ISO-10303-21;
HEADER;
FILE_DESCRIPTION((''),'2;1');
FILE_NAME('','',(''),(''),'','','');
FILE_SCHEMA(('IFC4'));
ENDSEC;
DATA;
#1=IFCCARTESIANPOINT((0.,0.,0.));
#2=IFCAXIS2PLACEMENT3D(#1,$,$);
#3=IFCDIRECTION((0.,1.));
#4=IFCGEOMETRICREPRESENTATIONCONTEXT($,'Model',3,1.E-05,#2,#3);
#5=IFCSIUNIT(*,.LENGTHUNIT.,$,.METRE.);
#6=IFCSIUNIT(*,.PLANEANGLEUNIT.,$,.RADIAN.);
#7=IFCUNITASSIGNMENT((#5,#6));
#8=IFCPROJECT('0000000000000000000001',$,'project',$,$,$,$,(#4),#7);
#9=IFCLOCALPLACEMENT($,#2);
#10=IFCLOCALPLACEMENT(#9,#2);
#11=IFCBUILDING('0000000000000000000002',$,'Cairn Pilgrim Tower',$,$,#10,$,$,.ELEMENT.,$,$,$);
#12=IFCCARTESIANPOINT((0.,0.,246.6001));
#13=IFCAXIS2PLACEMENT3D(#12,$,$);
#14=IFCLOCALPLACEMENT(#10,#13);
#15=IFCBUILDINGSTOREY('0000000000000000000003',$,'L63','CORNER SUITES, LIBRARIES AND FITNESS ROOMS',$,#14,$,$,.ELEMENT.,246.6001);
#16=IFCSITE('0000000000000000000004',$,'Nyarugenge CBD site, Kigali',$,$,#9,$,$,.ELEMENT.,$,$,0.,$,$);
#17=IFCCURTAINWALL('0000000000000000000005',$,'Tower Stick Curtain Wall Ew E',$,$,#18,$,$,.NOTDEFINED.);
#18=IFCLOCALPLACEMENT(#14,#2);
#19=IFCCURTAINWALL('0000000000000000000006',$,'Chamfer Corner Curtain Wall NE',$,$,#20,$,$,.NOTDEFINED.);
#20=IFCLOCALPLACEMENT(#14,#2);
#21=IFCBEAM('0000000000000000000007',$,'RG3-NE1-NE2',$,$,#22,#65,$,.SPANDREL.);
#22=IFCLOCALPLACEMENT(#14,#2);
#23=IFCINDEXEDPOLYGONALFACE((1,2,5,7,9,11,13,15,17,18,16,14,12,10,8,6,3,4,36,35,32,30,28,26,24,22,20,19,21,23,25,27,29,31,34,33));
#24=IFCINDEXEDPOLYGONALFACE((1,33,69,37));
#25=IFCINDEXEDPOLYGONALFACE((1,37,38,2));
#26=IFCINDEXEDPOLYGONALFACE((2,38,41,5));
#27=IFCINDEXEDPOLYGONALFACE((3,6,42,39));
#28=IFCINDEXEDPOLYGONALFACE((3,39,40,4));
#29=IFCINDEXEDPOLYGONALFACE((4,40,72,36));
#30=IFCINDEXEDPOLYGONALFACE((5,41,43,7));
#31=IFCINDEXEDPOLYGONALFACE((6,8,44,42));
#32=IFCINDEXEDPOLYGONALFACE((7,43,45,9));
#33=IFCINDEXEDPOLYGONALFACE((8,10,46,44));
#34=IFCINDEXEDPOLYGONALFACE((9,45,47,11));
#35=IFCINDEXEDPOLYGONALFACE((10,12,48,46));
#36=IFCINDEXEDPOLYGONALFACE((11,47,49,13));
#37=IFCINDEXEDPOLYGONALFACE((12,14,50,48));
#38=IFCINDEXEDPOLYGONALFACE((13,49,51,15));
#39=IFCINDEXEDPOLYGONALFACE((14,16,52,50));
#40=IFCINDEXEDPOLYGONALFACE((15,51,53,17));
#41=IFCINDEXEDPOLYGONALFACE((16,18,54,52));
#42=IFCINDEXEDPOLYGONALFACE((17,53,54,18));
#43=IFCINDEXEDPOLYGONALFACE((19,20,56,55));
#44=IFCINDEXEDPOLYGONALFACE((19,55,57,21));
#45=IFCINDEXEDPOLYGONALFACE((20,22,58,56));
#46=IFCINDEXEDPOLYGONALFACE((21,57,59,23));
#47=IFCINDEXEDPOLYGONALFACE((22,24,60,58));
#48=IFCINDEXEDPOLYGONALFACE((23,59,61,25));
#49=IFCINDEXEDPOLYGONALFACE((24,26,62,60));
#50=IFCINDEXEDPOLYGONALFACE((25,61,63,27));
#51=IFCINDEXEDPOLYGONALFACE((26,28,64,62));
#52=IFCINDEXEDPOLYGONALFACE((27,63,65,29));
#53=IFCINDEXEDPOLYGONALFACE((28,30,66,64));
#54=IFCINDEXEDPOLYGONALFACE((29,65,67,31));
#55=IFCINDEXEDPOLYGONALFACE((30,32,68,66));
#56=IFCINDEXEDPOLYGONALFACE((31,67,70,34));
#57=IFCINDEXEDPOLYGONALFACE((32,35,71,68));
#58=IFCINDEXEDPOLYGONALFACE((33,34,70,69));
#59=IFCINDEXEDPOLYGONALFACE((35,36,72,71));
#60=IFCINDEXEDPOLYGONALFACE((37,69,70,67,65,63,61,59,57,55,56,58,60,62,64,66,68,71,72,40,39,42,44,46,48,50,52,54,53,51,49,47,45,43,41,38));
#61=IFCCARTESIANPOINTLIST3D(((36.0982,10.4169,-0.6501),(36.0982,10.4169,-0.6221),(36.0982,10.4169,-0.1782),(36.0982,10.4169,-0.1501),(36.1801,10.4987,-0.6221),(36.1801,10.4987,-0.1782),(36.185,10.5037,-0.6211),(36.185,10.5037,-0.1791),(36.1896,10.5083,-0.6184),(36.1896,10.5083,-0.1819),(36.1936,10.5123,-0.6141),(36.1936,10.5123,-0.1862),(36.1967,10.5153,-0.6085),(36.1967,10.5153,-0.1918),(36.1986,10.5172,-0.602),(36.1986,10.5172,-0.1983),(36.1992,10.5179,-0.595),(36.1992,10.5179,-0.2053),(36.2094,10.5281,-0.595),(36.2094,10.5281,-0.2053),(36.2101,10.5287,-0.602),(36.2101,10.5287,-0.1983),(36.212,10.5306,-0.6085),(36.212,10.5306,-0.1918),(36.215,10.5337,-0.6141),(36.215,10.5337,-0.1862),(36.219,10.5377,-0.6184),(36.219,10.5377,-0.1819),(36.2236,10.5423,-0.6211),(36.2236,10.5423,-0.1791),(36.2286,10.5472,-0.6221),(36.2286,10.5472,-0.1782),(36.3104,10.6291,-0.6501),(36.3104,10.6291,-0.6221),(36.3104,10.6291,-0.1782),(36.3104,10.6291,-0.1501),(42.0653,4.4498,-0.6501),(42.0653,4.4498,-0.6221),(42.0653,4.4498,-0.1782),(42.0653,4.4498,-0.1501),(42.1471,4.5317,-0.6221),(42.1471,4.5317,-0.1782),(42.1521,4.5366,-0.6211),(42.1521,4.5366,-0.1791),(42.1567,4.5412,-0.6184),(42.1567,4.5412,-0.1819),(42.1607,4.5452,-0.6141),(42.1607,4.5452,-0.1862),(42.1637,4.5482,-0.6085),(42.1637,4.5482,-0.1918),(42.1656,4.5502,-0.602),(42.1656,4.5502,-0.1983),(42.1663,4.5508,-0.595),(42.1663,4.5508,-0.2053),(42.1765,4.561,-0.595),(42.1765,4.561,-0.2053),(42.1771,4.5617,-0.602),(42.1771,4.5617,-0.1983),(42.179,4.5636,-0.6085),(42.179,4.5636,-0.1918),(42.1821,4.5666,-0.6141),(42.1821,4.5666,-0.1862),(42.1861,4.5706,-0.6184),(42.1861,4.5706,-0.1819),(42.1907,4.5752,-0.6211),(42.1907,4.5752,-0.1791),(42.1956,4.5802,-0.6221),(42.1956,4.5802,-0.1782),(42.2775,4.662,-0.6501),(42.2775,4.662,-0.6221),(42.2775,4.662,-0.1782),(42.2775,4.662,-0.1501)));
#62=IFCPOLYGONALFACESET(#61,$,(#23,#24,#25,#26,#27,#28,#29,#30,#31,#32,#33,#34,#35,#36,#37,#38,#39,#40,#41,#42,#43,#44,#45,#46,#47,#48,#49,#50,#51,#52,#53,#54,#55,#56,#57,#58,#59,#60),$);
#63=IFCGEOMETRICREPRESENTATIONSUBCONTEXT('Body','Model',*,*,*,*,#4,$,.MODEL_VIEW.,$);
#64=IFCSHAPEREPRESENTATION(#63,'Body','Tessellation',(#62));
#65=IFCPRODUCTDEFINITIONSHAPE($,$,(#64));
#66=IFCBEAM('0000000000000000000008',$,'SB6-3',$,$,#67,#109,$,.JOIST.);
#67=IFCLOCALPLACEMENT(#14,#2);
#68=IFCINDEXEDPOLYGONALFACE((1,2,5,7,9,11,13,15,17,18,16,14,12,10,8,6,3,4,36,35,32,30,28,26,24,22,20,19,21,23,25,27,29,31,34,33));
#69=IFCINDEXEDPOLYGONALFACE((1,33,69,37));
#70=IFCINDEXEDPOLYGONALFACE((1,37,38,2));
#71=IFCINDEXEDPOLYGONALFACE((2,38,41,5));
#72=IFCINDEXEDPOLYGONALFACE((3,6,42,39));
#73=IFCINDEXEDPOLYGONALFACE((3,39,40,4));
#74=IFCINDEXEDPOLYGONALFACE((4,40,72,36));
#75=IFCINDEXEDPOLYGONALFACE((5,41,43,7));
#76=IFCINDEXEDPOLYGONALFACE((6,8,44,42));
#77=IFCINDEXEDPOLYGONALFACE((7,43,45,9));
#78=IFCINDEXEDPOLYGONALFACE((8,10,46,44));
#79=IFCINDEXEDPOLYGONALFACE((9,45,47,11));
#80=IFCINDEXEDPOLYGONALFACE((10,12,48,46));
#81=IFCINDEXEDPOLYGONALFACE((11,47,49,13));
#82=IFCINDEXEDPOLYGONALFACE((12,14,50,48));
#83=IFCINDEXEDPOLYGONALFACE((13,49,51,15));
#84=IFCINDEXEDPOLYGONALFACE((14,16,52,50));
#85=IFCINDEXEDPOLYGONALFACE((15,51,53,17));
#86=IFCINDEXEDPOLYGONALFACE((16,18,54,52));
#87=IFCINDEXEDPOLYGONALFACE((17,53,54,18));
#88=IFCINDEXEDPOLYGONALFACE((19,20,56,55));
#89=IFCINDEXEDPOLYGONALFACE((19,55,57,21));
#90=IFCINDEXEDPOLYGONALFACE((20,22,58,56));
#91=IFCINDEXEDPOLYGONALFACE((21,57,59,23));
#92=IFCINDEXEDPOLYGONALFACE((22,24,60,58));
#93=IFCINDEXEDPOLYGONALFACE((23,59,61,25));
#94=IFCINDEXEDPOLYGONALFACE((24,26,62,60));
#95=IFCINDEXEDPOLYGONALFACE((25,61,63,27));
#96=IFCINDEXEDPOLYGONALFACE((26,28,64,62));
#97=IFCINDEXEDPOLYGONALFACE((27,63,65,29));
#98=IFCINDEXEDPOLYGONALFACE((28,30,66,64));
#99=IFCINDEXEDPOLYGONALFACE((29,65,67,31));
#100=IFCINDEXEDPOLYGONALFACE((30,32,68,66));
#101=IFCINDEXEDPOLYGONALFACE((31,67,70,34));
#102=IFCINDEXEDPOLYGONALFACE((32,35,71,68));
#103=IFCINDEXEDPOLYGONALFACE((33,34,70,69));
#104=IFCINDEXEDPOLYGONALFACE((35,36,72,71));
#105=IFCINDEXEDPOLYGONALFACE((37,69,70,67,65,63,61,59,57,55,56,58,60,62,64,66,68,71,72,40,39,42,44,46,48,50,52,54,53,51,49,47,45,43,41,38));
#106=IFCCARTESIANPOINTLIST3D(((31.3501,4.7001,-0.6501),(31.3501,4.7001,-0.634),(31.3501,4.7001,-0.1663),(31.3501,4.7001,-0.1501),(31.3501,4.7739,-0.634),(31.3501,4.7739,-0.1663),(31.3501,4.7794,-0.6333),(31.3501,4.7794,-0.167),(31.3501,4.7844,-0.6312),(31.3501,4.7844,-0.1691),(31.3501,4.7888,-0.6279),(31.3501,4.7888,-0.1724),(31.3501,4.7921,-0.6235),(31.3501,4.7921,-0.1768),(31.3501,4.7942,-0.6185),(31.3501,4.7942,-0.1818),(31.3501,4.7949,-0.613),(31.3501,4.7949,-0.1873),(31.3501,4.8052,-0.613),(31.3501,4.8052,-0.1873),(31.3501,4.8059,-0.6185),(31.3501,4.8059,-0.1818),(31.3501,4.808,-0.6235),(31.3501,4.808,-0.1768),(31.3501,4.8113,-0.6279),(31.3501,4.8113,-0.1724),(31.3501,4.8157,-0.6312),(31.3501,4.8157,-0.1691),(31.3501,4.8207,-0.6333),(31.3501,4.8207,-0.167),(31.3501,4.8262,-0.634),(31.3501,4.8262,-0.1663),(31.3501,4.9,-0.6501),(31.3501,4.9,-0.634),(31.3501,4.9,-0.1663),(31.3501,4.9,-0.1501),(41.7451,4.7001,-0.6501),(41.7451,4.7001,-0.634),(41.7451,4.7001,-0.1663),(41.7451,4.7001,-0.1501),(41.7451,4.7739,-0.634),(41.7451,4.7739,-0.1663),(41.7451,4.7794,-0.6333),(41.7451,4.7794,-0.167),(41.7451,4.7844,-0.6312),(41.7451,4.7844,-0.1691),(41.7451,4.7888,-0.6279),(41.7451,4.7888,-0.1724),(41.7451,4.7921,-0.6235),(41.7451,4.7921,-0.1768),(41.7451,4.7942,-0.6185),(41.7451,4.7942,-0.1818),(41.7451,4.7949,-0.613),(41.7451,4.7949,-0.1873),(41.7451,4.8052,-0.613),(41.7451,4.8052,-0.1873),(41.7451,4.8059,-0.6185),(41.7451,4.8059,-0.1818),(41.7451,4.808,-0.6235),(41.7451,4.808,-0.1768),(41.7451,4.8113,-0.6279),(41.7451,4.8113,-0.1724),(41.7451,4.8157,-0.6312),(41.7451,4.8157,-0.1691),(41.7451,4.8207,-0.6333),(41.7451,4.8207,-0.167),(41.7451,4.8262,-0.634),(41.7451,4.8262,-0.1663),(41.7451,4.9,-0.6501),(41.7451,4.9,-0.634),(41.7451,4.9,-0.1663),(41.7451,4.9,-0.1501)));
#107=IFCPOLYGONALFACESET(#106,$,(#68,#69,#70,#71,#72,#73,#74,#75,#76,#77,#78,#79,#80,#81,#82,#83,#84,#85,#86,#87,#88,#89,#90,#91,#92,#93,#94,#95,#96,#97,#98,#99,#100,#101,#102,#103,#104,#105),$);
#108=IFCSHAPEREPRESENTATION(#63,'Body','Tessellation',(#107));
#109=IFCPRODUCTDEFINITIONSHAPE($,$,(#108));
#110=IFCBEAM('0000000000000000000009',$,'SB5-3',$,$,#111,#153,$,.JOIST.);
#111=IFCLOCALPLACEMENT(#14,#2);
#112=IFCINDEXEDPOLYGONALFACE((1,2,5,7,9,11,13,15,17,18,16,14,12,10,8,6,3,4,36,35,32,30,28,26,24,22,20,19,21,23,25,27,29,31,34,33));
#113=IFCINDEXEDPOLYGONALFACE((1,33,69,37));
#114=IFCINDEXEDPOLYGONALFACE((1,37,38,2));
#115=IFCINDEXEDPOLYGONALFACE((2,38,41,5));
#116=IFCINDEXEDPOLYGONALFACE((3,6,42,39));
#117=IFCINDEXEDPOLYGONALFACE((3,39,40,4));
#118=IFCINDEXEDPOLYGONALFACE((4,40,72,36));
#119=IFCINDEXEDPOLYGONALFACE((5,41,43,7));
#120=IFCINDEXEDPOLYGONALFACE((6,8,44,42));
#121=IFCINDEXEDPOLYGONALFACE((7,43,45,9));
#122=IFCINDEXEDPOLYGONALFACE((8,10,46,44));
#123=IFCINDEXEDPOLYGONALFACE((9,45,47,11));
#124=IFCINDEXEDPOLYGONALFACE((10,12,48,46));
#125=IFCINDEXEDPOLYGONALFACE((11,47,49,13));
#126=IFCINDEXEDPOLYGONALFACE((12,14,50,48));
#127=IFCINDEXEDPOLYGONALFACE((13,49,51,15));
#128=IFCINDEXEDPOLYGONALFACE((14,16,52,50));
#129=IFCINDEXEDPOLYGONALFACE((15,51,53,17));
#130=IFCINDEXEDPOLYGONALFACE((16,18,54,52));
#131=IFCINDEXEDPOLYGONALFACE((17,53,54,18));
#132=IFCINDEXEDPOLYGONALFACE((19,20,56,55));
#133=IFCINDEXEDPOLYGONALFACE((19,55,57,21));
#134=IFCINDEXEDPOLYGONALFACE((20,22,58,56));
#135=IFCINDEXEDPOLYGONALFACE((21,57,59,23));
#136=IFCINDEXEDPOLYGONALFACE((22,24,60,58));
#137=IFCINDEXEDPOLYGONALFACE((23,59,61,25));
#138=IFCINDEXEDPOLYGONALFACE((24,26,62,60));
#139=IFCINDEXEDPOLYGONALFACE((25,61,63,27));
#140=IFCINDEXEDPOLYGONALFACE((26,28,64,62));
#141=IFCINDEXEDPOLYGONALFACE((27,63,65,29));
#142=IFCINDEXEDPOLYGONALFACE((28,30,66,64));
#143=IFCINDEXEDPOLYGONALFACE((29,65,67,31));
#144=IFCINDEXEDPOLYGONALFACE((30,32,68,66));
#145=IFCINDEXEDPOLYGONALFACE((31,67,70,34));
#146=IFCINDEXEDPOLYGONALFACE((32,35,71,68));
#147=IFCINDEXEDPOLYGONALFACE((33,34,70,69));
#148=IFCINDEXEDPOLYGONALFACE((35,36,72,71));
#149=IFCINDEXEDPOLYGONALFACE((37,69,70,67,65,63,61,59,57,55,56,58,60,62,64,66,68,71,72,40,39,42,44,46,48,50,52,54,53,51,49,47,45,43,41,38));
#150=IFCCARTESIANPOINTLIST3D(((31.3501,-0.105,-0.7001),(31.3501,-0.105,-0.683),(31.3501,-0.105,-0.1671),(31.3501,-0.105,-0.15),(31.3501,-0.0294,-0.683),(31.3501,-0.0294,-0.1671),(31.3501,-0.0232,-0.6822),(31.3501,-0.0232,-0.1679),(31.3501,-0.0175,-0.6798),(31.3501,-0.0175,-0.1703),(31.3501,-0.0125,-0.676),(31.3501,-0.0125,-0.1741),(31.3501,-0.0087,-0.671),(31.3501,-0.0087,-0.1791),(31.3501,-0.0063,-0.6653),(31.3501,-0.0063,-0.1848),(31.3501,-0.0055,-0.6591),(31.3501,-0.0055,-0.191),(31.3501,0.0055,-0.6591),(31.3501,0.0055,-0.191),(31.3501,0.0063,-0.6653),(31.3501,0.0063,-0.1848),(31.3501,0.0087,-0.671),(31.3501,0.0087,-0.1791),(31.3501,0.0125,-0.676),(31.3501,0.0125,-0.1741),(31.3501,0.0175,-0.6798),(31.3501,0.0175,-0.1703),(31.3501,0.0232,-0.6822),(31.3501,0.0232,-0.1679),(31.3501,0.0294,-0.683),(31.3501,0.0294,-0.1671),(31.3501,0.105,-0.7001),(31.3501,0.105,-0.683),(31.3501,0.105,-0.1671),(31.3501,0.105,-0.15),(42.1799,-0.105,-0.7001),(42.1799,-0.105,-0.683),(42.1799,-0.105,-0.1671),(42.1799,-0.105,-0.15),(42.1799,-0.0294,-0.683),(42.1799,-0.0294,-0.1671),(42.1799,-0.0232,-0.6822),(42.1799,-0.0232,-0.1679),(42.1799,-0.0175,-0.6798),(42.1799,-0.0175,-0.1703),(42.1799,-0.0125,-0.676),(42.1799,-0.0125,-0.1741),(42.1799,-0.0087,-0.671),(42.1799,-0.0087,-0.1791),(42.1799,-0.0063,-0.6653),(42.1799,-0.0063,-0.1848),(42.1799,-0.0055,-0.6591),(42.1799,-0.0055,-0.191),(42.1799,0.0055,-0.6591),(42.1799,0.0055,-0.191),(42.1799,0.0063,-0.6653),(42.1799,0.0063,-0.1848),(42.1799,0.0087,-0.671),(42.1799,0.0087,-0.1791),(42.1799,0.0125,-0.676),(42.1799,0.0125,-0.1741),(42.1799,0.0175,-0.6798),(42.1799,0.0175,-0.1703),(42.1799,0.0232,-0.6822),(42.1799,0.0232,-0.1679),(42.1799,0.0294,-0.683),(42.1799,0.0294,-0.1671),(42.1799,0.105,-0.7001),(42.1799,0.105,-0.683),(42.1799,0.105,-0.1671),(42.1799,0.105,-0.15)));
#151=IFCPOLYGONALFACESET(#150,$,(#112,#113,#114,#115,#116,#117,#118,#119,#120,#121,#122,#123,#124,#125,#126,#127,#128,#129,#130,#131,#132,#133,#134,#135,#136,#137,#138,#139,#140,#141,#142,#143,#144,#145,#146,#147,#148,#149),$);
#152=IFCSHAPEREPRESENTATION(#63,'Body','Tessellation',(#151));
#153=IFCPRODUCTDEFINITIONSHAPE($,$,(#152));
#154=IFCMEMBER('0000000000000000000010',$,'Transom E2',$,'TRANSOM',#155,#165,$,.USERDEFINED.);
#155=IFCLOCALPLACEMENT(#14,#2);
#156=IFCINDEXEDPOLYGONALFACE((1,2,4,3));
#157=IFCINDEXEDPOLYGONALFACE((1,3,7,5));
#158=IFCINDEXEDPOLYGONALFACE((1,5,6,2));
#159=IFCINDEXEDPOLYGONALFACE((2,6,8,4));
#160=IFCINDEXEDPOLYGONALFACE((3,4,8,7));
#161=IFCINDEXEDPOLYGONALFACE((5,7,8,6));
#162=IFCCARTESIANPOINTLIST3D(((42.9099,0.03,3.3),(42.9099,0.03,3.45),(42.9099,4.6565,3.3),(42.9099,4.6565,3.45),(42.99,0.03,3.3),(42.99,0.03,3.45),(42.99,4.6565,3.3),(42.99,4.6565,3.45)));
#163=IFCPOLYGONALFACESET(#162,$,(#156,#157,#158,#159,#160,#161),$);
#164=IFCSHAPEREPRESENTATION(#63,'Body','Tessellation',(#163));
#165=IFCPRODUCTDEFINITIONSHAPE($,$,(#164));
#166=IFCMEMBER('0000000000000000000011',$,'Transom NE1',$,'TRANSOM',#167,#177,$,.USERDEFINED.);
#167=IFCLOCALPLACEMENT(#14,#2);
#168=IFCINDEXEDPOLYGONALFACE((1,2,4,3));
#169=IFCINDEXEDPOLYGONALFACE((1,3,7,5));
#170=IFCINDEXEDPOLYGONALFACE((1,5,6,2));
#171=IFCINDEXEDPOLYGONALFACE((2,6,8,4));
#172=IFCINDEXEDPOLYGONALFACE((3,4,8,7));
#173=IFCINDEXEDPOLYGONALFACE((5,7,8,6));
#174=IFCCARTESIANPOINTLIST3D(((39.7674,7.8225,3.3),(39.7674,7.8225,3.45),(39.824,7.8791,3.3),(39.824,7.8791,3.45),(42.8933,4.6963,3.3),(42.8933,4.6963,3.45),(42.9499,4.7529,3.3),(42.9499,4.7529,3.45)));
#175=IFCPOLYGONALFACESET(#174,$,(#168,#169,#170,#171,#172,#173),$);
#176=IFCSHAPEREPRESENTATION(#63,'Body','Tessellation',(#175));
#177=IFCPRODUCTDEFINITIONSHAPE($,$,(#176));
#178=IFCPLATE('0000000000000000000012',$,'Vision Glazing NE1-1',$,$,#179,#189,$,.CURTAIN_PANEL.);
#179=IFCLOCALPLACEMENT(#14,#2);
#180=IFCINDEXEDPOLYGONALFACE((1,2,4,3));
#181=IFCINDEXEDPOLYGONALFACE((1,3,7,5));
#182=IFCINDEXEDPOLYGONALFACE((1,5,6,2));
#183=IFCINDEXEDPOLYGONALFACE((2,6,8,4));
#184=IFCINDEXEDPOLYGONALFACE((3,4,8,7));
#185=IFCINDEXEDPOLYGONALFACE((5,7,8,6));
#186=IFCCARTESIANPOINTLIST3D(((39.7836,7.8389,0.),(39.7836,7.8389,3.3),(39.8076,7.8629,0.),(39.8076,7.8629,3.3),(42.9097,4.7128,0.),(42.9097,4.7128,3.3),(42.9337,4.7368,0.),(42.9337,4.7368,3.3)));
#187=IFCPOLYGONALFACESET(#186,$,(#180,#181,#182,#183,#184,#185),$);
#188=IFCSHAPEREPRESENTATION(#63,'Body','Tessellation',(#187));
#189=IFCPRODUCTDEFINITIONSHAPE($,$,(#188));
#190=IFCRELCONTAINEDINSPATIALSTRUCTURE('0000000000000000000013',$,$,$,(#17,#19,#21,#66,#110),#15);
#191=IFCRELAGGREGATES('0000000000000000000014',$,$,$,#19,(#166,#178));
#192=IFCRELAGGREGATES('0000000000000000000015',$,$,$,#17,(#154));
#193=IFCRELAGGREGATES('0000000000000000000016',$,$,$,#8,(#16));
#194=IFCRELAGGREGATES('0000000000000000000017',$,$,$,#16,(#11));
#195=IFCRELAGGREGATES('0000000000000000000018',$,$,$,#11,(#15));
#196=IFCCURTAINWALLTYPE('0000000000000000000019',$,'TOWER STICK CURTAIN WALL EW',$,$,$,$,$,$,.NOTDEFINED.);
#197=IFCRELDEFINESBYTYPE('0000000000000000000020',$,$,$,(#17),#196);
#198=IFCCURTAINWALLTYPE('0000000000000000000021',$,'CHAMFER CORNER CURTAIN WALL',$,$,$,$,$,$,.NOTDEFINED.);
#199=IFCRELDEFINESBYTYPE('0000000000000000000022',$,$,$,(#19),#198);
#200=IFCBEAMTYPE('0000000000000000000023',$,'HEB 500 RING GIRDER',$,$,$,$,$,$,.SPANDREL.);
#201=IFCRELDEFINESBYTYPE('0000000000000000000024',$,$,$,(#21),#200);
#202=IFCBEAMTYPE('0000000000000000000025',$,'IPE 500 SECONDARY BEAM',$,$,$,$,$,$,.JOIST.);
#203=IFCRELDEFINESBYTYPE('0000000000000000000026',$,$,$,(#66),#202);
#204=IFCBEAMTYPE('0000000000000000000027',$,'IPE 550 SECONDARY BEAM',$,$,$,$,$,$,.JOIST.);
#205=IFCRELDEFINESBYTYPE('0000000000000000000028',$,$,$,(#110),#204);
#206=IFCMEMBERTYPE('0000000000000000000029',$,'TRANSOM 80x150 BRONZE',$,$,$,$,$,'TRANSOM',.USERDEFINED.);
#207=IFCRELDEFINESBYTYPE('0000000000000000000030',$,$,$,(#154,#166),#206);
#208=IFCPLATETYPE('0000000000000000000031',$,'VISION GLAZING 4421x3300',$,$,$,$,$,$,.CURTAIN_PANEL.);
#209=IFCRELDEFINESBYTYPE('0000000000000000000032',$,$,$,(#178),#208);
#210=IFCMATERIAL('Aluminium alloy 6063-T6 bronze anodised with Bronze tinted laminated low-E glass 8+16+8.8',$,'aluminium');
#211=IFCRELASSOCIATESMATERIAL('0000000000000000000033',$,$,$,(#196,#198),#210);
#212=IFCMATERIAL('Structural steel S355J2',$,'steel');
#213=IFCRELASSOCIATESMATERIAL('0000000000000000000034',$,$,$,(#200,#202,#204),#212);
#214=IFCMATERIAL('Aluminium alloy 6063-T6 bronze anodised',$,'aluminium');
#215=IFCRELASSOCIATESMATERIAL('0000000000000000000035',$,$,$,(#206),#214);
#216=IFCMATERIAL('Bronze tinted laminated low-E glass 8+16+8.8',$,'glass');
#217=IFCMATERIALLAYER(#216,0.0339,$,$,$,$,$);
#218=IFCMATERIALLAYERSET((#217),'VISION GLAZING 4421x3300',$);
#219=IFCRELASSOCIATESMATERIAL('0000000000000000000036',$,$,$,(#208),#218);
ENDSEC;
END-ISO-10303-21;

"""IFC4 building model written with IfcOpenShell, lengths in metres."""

from ifc_helpers import new_model, si_unit, direction, frame, origin, origin_2d, place, context, subcontext, project, spatial, rectangle, i_section, extrude, material, layer, layer_set, material_profile, profile_set, type_object, element, aggregate, save


model = new_model("IFC4")

# Units and contexts
model_context = context("Model", 3, precision=1e-05, world=origin(), true_north=direction((0.0, 1.0)))
body_context = subcontext(model_context, "Body", "Model", "MODEL_VIEW")
ifc_project = project(units=[si_unit("LENGTHUNIT", "METRE"), si_unit("PLANEANGLEUNIT", "RADIAN")], contexts=[model_context])

# Site, building, storey
site_placement = place(None, origin())
site = spatial("IfcSite", under=ifc_project, at=site_placement, Name="Nyarugenge CBD site, Kigali", CompositionType="ELEMENT", RefElevation=0.0)
building_placement = place(site_placement, origin())
building = spatial("IfcBuilding", under=site, at=building_placement, Name="Cairn Pilgrim Tower", CompositionType="ELEMENT")
storey_placement = place(building_placement, frame((0.0, 0.0, 246.6001)))
storey = spatial("IfcBuildingStorey", under=building, at=storey_placement, Name="L63", Description="CORNER SUITES, LIBRARIES AND FITNESS ROOMS", CompositionType="ELEMENT", Elevation=246.6001)

# Shared definitions
ifc_material_1 = material(Name="Structural steel S355J2", Category="steel")

# Curtain wall
ifc_material_2 = material(Name="Aluminium alloy 6063-T6 bronze anodised with Bronze tinted laminated low-E glass 8+16+8.8", Category="aluminium")
curtain_wall_type_1 = type_object("IfcCurtainWallType", Name="TOWER STICK CURTAIN WALL EW", PredefinedType="NOTDEFINED", material=ifc_material_2)
curtain_wall_1_placement = place(storey_placement, origin())
curtain_wall_1 = element("IfcCurtainWall", 1, at=curtain_wall_1_placement, inside=storey, type_object=curtain_wall_type_1, Name="Tower Stick Curtain Wall Ew E", PredefinedType="NOTDEFINED")
ifc_material_3 = material(Name="Aluminium alloy 6063-T6 bronze anodised", Category="aluminium")

# Curtain wall
curtain_wall_type_2 = type_object("IfcCurtainWallType", Name="CHAMFER CORNER CURTAIN WALL", PredefinedType="NOTDEFINED", material=ifc_material_2)
curtain_wall_2_placement = place(storey_placement, origin())
curtain_wall_2 = element("IfcCurtainWall", 2, at=curtain_wall_2_placement, inside=storey, type_object=curtain_wall_type_2, Name="Chamfer Corner Curtain Wall NE", PredefinedType="NOTDEFINED")

# Beams
ifc_material_profile_1 = material_profile(ifc_material_1, i_section(OverallWidth=0.3, OverallDepth=0.5, WebThickness=0.0144, FlangeThickness=0.0281, FilletRadius=0.0271, at=origin_2d()), Name="HEB 500")
ifc_profile_set_1 = profile_set([ifc_material_profile_1], Name="Structural steel S355J2")
beam_type_1 = type_object("IfcBeamType", Name="HEB 500 RING GIRDER", PredefinedType="SPANDREL", material=ifc_profile_set_1)
beam_1_placement = place(storey_placement, frame((42.1714, 4.5559, -0.4001), z_axis=(-0.707107, 0.707107, 0.0), x_axis=(-0.707107, -0.707107, 0.0)))
element("IfcBeam", 3, at=beam_1_placement, inside=storey, type_object=beam_type_1, Name="RG3-NE1-NE2", PredefinedType="SPANDREL", context=body_context, shape_type="SweptSolid", body=[
    extrude(i_section(OverallWidth=0.3, OverallDepth=0.5, WebThickness=0.0144, FlangeThickness=0.0281, FilletRadius=0.0271, at=origin_2d()), origin(), (0.0, 0.0, 1.0), 8.4387),
])
ifc_material_profile_2 = material_profile(ifc_material_1, i_section(OverallWidth=0.2, OverallDepth=0.5, WebThickness=0.0103, FlangeThickness=0.0161, FilletRadius=0.021, at=origin_2d()), Name="IPE 500")
ifc_profile_set_2 = profile_set([ifc_material_profile_2], Name="Structural steel S355J2")
beam_type_2 = type_object("IfcBeamType", Name="IPE 500 SECONDARY BEAM", PredefinedType="JOIST", material=ifc_profile_set_2)
beam_2_placement = place(storey_placement, frame((31.3501, 4.8, -0.4001), z_axis=(1.0, 0.0, 0.0), x_axis=(0.0, 1.0, 0.0)))
element("IfcBeam", 4, at=beam_2_placement, inside=storey, type_object=beam_type_2, Name="SB6-3", PredefinedType="JOIST", context=body_context, shape_type="SweptSolid", body=[
    extrude(i_section(OverallWidth=0.2, OverallDepth=0.5, WebThickness=0.0103, FlangeThickness=0.0161, FilletRadius=0.021, at=origin_2d()), origin(), (0.0, 0.0, 1.0), 10.395),
])
ifc_material_profile_3 = material_profile(ifc_material_1, i_section(OverallWidth=0.21, OverallDepth=0.55, WebThickness=0.011, FlangeThickness=0.0171, FilletRadius=0.0239, at=origin_2d()), Name="IPE 550")
ifc_profile_set_3 = profile_set([ifc_material_profile_3], Name="Structural steel S355J2")
beam_type_3 = type_object("IfcBeamType", Name="IPE 550 SECONDARY BEAM", PredefinedType="JOIST", material=ifc_profile_set_3)
beam_3_placement = place(storey_placement, frame((31.3501, 0.0, -0.425), z_axis=(1.0, 0.0, 0.0), x_axis=(0.0, 1.0, 0.0)))
element("IfcBeam", 5, at=beam_3_placement, inside=storey, type_object=beam_type_3, Name="SB5-3", PredefinedType="JOIST", context=body_context, shape_type="SweptSolid", body=[
    extrude(i_section(OverallWidth=0.21, OverallDepth=0.55, WebThickness=0.011, FlangeThickness=0.0171, FilletRadius=0.0239, at=origin_2d()), origin(), (0.0, 0.0, 1.0), 10.8298),
])

# Members
ifc_material_profile_4 = material_profile(ifc_material_3, rectangle(XDim=0.0801, YDim=0.1499, at=origin_2d()), Name="TRANSOM 80x150 BRONZE")
ifc_profile_set_4 = profile_set([ifc_material_profile_4], Name="Aluminium alloy 6063-T6 bronze anodised")
member_type_1 = type_object("IfcMemberType", Name="TRANSOM 80x150 BRONZE", ElementType="TRANSOM", PredefinedType="USERDEFINED", material=ifc_profile_set_4)
member_1_placement = place(storey_placement, frame((42.95, 0.03, 3.375), z_axis=(0.0, 1.0, 0.0), x_axis=(-1.0, 0.0, 0.0)))
member_1 = element("IfcMember", 6, at=member_1_placement, type_object=member_type_1, Name="Transom E2", ObjectType="TRANSOM", PredefinedType="USERDEFINED", context=body_context, shape_type="SweptSolid", body=[
    extrude(rectangle(XDim=0.0801, YDim=0.1499, at=origin_2d()), origin(), (0.0, 0.0, 1.0), 4.6265),
])
member_2_placement = place(storey_placement, frame((42.9216, 4.7246, 3.375), z_axis=(-0.707079, 0.707134, 0.0), x_axis=(-0.707134, -0.707079, 0.0)))
member_2 = element("IfcMember", 7, at=member_2_placement, type_object=member_type_1, Name="Transom NE1", ObjectType="TRANSOM", PredefinedType="USERDEFINED", context=body_context, shape_type="SweptSolid", body=[
    extrude(rectangle(XDim=0.0801, YDim=0.1499, at=origin_2d()), origin(), (0.0, 0.0, 1.0), 4.4209),
])

# Plate
ifc_material_4 = material(Name="Bronze tinted laminated low-E glass 8+16+8.8", Category="glass")
ifc_layer_1 = layer(ifc_material_4, 0.0339)
ifc_layer_set_1 = layer_set([ifc_layer_1], Name="VISION GLAZING 4421x3300")
plate_type_1 = type_object("IfcPlateType", Name="VISION GLAZING 4421x3300", PredefinedType="CURTAIN_PANEL", material=ifc_layer_set_1)
plate_1_placement = place(storey_placement, frame((41.3586, 6.2878, 0.0), z_axis=(0.0, 0.0, 1.0), x_axis=(-0.707107, 0.707107, 0.0)))
plate_1 = element("IfcPlate", 8, at=plate_1_placement, type_object=plate_type_1, Name="Vision Glazing NE1-1", PredefinedType="CURTAIN_PANEL", context=body_context, shape_type="SweptSolid", body=[
    extrude(rectangle(XDim=4.4209, YDim=0.0339, at=origin_2d()), origin(), (0.0, 0.0, 1.0), 3.3),
])
aggregate(curtain_wall_2, [member_2, plate_1])
aggregate(curtain_wall_1, [member_1])

save(model, "model.ifc")
